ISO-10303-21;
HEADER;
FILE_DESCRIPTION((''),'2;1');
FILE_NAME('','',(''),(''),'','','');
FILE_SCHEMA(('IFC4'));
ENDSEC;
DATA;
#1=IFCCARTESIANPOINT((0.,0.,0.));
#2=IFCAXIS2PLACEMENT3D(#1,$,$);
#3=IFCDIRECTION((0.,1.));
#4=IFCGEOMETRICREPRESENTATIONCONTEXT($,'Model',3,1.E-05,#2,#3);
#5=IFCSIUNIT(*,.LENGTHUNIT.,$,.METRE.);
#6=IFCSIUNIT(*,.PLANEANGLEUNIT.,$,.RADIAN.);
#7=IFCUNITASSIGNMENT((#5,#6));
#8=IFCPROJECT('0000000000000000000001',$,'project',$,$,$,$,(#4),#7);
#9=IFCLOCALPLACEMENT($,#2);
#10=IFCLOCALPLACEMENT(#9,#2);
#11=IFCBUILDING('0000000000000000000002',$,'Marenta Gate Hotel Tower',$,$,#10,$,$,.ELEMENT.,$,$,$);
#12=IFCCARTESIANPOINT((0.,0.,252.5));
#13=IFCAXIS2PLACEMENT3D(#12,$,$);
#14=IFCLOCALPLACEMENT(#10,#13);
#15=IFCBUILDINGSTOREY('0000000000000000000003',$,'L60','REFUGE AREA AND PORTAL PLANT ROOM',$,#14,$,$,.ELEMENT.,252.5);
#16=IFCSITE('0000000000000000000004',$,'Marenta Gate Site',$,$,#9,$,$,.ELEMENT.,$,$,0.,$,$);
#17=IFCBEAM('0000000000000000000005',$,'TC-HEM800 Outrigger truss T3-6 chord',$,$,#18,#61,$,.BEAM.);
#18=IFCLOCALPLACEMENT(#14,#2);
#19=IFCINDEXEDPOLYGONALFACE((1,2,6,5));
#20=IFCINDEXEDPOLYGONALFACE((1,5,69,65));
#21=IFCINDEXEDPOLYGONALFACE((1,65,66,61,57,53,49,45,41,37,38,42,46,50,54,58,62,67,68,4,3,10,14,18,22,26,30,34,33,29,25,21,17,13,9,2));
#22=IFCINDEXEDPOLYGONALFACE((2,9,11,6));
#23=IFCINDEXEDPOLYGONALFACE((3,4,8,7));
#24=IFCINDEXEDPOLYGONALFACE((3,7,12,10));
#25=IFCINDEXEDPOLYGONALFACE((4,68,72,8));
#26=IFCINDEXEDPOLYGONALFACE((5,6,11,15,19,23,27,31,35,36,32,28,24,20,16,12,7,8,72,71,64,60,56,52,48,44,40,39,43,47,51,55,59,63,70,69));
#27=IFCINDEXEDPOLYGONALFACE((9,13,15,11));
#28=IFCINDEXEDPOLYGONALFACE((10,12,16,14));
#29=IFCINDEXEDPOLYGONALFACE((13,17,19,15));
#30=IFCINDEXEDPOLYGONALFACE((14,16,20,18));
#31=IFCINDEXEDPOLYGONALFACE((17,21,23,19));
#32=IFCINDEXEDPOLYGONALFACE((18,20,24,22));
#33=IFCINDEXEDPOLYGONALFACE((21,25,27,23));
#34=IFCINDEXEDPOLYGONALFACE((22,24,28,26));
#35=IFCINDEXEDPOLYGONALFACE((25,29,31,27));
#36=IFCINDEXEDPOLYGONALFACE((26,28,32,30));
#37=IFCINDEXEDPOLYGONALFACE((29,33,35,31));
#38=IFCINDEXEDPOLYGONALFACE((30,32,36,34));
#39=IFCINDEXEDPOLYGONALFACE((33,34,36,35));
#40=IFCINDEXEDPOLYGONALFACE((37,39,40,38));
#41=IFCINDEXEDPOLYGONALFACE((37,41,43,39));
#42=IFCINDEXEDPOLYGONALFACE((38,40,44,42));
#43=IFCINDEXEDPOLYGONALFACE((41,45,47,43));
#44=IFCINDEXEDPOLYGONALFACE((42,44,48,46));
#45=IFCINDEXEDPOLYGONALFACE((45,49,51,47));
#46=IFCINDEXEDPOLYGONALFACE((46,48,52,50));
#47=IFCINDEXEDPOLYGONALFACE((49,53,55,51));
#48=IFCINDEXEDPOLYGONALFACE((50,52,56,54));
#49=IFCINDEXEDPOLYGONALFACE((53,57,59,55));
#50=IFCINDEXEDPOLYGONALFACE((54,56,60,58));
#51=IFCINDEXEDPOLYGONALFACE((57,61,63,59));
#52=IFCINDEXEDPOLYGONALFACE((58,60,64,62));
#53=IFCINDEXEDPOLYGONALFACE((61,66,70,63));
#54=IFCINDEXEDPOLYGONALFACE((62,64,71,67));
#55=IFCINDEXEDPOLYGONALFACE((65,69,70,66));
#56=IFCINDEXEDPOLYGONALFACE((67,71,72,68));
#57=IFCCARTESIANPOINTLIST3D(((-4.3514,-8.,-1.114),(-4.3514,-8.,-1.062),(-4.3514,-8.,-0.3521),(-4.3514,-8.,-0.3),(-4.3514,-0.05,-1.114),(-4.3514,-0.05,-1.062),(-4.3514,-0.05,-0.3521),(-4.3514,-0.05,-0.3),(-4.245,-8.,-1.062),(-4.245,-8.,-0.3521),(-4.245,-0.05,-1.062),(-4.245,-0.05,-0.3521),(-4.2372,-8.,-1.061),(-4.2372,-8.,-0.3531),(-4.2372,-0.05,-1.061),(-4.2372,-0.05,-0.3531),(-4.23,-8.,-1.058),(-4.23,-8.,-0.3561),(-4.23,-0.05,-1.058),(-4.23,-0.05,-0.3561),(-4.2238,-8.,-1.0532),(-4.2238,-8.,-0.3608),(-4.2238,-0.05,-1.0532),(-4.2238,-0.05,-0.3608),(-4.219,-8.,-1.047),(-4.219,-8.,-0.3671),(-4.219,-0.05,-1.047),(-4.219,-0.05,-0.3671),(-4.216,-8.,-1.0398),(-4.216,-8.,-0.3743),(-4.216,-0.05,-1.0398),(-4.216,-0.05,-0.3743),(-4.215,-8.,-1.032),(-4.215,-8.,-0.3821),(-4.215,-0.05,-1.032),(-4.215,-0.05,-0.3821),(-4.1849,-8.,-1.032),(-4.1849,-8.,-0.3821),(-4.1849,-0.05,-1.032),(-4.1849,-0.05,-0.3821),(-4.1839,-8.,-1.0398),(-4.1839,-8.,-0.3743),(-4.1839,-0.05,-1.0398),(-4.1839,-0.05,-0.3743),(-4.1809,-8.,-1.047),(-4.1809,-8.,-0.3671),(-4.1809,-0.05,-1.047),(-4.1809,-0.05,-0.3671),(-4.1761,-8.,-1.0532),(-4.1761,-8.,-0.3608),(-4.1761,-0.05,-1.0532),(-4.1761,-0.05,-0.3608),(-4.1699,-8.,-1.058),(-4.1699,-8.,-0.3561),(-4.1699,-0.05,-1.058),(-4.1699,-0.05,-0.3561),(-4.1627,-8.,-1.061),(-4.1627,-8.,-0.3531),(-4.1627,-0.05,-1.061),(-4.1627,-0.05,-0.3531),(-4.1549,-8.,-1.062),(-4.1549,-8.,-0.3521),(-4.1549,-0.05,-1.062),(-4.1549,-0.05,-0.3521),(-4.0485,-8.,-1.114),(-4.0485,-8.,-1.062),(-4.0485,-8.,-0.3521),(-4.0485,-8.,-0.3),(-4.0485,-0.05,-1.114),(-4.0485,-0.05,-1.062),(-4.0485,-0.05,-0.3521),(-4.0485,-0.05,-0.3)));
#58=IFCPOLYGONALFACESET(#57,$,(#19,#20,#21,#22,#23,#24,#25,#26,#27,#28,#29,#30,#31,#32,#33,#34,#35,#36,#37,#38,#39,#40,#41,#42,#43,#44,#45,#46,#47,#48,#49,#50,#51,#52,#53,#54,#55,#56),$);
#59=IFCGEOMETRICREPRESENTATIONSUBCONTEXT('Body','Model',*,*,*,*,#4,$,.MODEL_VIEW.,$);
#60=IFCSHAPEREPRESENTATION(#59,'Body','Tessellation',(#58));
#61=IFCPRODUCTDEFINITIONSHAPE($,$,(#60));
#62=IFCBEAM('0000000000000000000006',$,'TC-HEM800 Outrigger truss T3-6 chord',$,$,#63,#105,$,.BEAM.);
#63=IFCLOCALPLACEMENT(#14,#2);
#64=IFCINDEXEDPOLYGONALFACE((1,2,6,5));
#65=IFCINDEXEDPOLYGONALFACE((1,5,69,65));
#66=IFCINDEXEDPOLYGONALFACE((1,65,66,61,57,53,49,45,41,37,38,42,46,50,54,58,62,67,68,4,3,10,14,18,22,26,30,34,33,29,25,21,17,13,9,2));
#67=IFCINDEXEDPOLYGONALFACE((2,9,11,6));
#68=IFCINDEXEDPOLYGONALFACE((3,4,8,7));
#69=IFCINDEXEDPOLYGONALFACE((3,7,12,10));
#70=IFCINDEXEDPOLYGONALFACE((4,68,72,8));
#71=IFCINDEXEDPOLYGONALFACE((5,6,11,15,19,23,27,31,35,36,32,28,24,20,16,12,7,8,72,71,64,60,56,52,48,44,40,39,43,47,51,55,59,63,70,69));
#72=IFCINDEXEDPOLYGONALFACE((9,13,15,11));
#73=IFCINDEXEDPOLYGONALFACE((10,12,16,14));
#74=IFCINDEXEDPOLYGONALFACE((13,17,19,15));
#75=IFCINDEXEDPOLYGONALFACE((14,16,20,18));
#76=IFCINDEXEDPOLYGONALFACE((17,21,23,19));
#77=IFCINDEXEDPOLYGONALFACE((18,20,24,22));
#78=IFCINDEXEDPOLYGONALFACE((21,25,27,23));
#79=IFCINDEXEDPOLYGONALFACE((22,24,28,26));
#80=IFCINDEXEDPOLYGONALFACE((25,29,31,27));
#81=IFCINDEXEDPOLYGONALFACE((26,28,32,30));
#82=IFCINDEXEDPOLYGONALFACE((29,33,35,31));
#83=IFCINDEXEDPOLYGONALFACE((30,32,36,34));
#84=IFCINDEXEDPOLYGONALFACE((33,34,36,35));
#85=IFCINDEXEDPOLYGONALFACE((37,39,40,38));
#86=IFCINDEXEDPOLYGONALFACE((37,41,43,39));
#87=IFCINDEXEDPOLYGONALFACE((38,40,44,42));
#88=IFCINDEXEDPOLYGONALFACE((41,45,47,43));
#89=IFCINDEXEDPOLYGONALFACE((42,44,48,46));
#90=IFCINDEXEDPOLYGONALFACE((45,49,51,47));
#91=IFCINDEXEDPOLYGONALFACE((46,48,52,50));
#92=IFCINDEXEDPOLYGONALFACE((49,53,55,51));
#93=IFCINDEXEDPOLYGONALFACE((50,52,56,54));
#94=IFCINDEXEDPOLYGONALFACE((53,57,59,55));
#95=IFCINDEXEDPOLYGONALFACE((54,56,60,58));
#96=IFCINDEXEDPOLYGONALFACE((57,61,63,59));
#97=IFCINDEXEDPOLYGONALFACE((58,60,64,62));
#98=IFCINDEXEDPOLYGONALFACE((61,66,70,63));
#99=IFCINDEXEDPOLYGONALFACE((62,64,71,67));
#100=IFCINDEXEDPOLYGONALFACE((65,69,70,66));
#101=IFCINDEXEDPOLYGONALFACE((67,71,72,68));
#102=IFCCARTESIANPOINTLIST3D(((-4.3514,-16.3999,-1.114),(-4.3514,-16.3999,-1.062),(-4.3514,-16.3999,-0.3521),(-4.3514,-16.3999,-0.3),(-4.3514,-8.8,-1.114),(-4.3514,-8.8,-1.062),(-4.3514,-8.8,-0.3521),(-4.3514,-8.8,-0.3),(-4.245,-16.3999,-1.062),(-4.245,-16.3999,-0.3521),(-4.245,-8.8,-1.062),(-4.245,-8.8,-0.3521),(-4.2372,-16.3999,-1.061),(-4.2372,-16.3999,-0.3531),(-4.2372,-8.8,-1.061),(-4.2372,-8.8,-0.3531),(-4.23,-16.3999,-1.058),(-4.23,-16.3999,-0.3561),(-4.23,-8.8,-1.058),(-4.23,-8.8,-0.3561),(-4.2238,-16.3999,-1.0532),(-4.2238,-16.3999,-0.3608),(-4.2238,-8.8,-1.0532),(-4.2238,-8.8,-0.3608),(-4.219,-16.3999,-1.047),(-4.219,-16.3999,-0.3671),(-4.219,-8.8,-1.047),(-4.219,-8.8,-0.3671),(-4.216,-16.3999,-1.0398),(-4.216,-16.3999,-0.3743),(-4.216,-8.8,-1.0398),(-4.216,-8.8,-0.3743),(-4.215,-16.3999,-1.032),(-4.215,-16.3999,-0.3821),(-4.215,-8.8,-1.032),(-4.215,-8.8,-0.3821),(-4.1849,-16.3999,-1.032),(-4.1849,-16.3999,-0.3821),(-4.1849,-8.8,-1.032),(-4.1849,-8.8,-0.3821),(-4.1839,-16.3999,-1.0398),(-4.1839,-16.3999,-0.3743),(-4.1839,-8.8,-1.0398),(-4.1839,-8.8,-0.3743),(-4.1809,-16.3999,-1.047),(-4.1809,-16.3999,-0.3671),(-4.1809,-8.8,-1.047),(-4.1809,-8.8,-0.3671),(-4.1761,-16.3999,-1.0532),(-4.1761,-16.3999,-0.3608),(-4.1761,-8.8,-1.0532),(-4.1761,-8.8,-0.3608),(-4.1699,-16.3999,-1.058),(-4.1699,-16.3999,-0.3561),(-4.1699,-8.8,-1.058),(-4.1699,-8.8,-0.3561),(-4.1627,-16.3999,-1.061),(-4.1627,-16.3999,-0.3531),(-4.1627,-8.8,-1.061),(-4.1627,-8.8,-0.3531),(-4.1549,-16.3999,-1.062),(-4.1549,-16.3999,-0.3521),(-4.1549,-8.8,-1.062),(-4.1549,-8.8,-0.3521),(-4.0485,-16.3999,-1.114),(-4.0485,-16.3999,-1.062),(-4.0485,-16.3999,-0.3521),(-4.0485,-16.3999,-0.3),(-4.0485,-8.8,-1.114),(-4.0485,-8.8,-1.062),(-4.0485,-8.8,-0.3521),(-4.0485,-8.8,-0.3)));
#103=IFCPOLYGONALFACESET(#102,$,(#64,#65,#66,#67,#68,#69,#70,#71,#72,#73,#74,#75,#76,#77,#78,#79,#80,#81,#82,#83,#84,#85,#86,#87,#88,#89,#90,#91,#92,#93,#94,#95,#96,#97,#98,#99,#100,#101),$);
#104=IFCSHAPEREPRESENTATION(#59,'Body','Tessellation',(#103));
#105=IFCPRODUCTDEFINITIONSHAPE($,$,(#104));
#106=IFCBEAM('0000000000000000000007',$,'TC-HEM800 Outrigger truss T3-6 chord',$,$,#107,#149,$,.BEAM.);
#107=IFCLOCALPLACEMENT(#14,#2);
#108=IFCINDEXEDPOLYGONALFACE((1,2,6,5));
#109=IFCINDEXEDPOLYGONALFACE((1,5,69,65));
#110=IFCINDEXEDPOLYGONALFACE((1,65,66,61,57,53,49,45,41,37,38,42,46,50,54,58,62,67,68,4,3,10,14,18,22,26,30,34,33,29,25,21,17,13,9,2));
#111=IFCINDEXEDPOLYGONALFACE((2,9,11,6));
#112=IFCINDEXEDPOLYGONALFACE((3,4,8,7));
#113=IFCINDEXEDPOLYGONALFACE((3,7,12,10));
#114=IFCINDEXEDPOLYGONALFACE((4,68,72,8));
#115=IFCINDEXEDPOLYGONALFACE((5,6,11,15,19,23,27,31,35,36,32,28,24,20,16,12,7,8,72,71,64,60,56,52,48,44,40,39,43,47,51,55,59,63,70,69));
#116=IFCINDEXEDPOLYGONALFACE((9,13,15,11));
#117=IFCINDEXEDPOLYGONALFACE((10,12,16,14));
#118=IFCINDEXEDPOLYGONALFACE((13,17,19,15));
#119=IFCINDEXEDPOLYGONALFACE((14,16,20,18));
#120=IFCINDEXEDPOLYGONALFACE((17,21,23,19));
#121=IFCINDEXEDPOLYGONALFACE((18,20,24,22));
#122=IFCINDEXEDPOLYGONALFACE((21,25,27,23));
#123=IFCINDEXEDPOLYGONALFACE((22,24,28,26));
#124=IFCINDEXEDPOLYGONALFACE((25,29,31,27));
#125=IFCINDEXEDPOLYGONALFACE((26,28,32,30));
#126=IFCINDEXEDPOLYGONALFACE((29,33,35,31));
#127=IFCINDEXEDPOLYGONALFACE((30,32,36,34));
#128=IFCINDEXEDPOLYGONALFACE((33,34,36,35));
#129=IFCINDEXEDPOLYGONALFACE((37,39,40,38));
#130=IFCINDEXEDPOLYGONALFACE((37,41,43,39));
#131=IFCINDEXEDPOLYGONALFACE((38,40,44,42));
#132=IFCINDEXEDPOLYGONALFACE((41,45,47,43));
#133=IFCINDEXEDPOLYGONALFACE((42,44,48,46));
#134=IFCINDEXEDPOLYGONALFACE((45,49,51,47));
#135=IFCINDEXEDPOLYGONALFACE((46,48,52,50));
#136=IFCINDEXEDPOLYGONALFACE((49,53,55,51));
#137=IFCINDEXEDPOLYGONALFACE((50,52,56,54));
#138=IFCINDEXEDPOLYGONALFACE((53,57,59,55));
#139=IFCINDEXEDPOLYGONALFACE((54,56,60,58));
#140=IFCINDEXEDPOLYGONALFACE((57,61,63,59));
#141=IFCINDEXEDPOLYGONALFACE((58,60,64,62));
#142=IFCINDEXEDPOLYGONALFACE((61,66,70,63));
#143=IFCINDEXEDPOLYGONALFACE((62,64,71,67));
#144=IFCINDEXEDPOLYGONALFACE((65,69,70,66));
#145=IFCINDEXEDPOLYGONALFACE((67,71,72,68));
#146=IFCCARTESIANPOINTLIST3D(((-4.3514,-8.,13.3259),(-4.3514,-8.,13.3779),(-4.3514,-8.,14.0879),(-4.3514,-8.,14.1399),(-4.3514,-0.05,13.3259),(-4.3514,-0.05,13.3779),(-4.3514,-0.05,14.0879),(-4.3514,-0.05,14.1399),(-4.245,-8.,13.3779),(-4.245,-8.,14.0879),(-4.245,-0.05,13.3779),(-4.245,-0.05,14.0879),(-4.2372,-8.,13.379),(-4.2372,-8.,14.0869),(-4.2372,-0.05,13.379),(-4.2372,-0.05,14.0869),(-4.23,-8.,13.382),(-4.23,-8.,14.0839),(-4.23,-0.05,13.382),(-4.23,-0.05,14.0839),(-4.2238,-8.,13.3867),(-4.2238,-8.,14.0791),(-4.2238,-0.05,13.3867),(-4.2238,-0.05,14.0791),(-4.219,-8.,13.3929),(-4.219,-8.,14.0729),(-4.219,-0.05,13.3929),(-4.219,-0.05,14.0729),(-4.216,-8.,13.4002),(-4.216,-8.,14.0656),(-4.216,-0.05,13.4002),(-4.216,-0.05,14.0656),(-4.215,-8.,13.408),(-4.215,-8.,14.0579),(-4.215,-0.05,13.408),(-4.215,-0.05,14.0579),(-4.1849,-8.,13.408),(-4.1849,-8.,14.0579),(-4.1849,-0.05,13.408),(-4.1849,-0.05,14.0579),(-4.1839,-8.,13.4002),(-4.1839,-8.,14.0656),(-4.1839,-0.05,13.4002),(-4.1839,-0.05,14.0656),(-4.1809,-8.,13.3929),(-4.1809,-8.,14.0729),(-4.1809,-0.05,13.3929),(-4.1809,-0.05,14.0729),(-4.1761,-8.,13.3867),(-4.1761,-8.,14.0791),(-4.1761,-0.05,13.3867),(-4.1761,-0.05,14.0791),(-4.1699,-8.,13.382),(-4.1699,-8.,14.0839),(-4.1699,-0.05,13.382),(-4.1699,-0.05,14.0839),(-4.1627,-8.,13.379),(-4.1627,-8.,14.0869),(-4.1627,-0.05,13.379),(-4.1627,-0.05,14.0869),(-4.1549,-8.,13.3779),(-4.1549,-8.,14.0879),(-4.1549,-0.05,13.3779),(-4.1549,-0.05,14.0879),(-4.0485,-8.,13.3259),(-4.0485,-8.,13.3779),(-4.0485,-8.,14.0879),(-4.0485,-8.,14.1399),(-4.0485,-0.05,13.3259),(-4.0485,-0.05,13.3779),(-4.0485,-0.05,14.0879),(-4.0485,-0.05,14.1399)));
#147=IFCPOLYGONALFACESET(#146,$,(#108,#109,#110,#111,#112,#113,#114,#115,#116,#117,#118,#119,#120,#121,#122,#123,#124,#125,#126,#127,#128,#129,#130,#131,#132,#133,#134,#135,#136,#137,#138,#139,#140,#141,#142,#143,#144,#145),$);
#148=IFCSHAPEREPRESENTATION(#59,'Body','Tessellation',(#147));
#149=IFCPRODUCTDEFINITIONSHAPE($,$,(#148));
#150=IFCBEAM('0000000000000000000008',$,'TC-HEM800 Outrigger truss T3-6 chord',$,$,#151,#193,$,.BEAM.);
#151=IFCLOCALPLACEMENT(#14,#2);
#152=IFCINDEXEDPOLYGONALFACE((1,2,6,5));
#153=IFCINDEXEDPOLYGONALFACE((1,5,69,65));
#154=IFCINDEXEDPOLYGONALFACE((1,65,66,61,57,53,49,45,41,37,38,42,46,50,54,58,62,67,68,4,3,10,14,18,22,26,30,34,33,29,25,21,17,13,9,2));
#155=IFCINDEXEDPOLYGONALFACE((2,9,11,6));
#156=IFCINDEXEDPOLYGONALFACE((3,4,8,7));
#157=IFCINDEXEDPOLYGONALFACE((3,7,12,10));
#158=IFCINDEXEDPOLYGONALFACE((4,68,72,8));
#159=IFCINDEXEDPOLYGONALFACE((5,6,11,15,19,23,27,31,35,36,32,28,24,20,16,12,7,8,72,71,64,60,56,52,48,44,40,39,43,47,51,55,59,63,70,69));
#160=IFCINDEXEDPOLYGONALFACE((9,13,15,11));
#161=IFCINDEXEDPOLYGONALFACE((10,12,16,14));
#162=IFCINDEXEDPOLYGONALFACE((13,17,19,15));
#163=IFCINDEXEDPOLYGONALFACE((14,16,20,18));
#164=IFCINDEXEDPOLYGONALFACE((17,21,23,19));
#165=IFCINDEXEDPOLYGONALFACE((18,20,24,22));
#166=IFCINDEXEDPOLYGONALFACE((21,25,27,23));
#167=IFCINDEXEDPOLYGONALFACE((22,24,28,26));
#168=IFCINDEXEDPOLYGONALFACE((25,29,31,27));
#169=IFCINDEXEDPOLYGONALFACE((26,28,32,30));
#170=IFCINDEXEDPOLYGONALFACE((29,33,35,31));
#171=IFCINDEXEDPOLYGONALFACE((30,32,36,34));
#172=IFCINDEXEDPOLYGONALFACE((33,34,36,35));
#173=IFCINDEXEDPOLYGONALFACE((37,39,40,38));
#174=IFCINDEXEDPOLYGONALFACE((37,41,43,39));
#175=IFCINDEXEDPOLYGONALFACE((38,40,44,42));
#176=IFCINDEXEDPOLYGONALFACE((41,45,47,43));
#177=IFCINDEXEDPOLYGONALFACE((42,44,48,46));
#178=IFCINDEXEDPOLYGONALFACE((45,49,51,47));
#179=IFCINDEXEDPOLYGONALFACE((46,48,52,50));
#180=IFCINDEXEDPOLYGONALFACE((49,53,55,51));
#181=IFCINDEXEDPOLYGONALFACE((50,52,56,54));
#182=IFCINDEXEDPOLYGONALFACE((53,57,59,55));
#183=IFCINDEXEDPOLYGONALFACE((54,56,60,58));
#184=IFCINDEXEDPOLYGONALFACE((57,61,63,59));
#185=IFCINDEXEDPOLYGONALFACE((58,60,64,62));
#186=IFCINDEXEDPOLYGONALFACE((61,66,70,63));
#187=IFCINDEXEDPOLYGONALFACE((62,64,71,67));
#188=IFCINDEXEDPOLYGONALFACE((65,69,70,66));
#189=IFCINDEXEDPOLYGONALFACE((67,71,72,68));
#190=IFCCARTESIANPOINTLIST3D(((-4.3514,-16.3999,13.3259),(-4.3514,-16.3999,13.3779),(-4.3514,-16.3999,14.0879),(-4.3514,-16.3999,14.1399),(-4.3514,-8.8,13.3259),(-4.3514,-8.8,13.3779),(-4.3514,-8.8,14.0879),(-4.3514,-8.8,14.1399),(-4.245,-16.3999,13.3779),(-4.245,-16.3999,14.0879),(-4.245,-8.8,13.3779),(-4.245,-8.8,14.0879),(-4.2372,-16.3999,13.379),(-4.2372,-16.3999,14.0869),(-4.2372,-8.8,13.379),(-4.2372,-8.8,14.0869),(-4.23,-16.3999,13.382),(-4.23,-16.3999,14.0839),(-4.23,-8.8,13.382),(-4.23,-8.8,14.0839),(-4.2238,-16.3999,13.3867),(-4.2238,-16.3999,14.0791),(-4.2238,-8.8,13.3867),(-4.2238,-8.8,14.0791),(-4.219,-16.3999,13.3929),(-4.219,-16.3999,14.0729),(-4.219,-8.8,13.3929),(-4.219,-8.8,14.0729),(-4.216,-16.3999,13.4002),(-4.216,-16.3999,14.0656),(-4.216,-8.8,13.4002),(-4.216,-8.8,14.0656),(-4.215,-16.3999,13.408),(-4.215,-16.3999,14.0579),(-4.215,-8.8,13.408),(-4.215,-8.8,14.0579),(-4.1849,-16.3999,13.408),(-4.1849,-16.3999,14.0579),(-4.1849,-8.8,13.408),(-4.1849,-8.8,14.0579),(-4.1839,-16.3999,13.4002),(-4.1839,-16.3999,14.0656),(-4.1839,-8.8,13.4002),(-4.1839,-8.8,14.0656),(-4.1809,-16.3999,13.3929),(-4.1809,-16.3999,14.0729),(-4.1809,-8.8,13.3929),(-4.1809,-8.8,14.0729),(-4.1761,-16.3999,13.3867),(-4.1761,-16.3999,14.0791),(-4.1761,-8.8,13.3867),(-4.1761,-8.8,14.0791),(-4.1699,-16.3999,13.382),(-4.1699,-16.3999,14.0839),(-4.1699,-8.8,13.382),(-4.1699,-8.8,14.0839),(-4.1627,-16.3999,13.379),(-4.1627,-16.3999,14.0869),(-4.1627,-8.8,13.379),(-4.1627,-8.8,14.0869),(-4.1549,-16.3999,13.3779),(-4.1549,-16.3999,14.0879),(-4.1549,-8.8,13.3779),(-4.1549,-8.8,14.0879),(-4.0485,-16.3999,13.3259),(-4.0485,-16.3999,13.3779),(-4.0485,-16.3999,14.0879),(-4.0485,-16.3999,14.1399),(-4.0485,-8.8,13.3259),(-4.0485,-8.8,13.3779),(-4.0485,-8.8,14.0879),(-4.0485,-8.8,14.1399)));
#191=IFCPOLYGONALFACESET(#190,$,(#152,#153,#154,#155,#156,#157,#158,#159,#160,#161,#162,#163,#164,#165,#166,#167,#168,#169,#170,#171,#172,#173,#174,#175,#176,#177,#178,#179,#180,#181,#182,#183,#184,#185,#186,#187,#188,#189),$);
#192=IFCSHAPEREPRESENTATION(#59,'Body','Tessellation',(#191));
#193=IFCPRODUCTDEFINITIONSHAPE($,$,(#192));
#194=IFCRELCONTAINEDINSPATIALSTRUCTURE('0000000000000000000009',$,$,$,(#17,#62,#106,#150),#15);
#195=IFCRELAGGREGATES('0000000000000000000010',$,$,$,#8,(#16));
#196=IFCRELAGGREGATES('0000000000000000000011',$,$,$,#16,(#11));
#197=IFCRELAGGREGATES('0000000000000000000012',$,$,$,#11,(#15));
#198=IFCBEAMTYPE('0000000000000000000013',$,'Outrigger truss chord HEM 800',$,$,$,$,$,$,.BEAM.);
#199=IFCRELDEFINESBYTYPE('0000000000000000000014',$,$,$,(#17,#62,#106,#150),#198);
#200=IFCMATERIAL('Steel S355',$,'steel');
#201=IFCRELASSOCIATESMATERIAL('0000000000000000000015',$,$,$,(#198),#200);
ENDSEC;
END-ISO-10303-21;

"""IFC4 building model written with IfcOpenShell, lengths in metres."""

from ifc_helpers import new_model, si_unit, direction, frame, origin, origin_2d, place, context, subcontext, project, spatial, i_section, extrude, material, material_profile, profile_set, type_object, element, save


model = new_model("IFC4")

# Units and contexts
model_context = context("Model", 3, precision=1e-05, world=origin(), true_north=direction((0.0, 1.0)))
body_context = subcontext(model_context, "Body", "Model", "MODEL_VIEW")
ifc_project = project(units=[si_unit("LENGTHUNIT", "METRE"), si_unit("PLANEANGLEUNIT", "RADIAN")], contexts=[model_context])

# Site, building, storey
site_placement = place(None, origin())
site = spatial("IfcSite", under=ifc_project, at=site_placement, Name="Marenta Gate Site", CompositionType="ELEMENT", RefElevation=0.0)
building_placement = place(site_placement, origin())
building = spatial("IfcBuilding", under=site, at=building_placement, Name="Marenta Gate Hotel Tower", CompositionType="ELEMENT")
storey_placement = place(building_placement, frame((0.0, 0.0, 252.5)))
storey = spatial("IfcBuildingStorey", under=building, at=storey_placement, Name="L60", Description="REFUGE AREA AND PORTAL PLANT ROOM", CompositionType="ELEMENT", Elevation=252.5)

# Beams
ifc_material_1 = material(Name="Steel S355", Category="steel")
ifc_material_profile_1 = material_profile(ifc_material_1, i_section(OverallWidth=0.303, OverallDepth=0.814, WebThickness=0.03, FlangeThickness=0.052, FilletRadius=0.03, at=origin_2d()), Name="HEM 800")
ifc_profile_set_1 = profile_set([ifc_material_profile_1], Name="Steel S355")
beam_type_1 = type_object("IfcBeamType", Name="Outrigger truss chord HEM 800", PredefinedType="BEAM", material=ifc_profile_set_1)
beam_1_placement = place(storey_placement, frame((-4.2, -0.05, -0.707), z_axis=(0.0, -1.0, 0.0), x_axis=(1.0, 0.0, 0.0)))
element("IfcBeam", 1, at=beam_1_placement, inside=storey, type_object=beam_type_1, Name="TC-HEM800 Outrigger truss T3-6 chord", PredefinedType="BEAM", context=body_context, shape_type="SweptSolid", body=[
    extrude(i_section(OverallWidth=0.303, OverallDepth=0.814, WebThickness=0.03, FlangeThickness=0.052, FilletRadius=0.03, at=origin_2d()), origin(), (0.0, 0.0, 1.0), 7.95),
])
beam_2_placement = place(storey_placement, frame((-4.2, -8.8, -0.707), z_axis=(0.0, -1.0, 0.0), x_axis=(1.0, 0.0, 0.0)))
element("IfcBeam", 2, at=beam_2_placement, inside=storey, type_object=beam_type_1, Name="TC-HEM800 Outrigger truss T3-6 chord", PredefinedType="BEAM", context=body_context, shape_type="SweptSolid", body=[
    extrude(i_section(OverallWidth=0.303, OverallDepth=0.814, WebThickness=0.03, FlangeThickness=0.052, FilletRadius=0.03, at=origin_2d()), origin(), (0.0, 0.0, 1.0), 7.5999),
])
beam_3_placement = place(storey_placement, frame((-4.2, -0.05, 13.7329), z_axis=(0.0, -1.0, 0.0), x_axis=(1.0, 0.0, 0.0)))
element("IfcBeam", 3, at=beam_3_placement, inside=storey, type_object=beam_type_1, Name="TC-HEM800 Outrigger truss T3-6 chord", PredefinedType="BEAM", context=body_context, shape_type="SweptSolid", body=[
    extrude(i_section(OverallWidth=0.303, OverallDepth=0.814, WebThickness=0.03, FlangeThickness=0.052, FilletRadius=0.03, at=origin_2d()), origin(), (0.0, 0.0, 1.0), 7.95),
])
beam_4_placement = place(storey_placement, frame((-4.2, -8.8, 13.7329), z_axis=(0.0, -1.0, 0.0), x_axis=(1.0, 0.0, 0.0)))
element("IfcBeam", 4, at=beam_4_placement, inside=storey, type_object=beam_type_1, Name="TC-HEM800 Outrigger truss T3-6 chord", PredefinedType="BEAM", context=body_context, shape_type="SweptSolid", body=[
    extrude(i_section(OverallWidth=0.303, OverallDepth=0.814, WebThickness=0.03, FlangeThickness=0.052, FilletRadius=0.03, at=origin_2d()), origin(), (0.0, 0.0, 1.0), 7.5999),
])

save(model, "model.ifc")
